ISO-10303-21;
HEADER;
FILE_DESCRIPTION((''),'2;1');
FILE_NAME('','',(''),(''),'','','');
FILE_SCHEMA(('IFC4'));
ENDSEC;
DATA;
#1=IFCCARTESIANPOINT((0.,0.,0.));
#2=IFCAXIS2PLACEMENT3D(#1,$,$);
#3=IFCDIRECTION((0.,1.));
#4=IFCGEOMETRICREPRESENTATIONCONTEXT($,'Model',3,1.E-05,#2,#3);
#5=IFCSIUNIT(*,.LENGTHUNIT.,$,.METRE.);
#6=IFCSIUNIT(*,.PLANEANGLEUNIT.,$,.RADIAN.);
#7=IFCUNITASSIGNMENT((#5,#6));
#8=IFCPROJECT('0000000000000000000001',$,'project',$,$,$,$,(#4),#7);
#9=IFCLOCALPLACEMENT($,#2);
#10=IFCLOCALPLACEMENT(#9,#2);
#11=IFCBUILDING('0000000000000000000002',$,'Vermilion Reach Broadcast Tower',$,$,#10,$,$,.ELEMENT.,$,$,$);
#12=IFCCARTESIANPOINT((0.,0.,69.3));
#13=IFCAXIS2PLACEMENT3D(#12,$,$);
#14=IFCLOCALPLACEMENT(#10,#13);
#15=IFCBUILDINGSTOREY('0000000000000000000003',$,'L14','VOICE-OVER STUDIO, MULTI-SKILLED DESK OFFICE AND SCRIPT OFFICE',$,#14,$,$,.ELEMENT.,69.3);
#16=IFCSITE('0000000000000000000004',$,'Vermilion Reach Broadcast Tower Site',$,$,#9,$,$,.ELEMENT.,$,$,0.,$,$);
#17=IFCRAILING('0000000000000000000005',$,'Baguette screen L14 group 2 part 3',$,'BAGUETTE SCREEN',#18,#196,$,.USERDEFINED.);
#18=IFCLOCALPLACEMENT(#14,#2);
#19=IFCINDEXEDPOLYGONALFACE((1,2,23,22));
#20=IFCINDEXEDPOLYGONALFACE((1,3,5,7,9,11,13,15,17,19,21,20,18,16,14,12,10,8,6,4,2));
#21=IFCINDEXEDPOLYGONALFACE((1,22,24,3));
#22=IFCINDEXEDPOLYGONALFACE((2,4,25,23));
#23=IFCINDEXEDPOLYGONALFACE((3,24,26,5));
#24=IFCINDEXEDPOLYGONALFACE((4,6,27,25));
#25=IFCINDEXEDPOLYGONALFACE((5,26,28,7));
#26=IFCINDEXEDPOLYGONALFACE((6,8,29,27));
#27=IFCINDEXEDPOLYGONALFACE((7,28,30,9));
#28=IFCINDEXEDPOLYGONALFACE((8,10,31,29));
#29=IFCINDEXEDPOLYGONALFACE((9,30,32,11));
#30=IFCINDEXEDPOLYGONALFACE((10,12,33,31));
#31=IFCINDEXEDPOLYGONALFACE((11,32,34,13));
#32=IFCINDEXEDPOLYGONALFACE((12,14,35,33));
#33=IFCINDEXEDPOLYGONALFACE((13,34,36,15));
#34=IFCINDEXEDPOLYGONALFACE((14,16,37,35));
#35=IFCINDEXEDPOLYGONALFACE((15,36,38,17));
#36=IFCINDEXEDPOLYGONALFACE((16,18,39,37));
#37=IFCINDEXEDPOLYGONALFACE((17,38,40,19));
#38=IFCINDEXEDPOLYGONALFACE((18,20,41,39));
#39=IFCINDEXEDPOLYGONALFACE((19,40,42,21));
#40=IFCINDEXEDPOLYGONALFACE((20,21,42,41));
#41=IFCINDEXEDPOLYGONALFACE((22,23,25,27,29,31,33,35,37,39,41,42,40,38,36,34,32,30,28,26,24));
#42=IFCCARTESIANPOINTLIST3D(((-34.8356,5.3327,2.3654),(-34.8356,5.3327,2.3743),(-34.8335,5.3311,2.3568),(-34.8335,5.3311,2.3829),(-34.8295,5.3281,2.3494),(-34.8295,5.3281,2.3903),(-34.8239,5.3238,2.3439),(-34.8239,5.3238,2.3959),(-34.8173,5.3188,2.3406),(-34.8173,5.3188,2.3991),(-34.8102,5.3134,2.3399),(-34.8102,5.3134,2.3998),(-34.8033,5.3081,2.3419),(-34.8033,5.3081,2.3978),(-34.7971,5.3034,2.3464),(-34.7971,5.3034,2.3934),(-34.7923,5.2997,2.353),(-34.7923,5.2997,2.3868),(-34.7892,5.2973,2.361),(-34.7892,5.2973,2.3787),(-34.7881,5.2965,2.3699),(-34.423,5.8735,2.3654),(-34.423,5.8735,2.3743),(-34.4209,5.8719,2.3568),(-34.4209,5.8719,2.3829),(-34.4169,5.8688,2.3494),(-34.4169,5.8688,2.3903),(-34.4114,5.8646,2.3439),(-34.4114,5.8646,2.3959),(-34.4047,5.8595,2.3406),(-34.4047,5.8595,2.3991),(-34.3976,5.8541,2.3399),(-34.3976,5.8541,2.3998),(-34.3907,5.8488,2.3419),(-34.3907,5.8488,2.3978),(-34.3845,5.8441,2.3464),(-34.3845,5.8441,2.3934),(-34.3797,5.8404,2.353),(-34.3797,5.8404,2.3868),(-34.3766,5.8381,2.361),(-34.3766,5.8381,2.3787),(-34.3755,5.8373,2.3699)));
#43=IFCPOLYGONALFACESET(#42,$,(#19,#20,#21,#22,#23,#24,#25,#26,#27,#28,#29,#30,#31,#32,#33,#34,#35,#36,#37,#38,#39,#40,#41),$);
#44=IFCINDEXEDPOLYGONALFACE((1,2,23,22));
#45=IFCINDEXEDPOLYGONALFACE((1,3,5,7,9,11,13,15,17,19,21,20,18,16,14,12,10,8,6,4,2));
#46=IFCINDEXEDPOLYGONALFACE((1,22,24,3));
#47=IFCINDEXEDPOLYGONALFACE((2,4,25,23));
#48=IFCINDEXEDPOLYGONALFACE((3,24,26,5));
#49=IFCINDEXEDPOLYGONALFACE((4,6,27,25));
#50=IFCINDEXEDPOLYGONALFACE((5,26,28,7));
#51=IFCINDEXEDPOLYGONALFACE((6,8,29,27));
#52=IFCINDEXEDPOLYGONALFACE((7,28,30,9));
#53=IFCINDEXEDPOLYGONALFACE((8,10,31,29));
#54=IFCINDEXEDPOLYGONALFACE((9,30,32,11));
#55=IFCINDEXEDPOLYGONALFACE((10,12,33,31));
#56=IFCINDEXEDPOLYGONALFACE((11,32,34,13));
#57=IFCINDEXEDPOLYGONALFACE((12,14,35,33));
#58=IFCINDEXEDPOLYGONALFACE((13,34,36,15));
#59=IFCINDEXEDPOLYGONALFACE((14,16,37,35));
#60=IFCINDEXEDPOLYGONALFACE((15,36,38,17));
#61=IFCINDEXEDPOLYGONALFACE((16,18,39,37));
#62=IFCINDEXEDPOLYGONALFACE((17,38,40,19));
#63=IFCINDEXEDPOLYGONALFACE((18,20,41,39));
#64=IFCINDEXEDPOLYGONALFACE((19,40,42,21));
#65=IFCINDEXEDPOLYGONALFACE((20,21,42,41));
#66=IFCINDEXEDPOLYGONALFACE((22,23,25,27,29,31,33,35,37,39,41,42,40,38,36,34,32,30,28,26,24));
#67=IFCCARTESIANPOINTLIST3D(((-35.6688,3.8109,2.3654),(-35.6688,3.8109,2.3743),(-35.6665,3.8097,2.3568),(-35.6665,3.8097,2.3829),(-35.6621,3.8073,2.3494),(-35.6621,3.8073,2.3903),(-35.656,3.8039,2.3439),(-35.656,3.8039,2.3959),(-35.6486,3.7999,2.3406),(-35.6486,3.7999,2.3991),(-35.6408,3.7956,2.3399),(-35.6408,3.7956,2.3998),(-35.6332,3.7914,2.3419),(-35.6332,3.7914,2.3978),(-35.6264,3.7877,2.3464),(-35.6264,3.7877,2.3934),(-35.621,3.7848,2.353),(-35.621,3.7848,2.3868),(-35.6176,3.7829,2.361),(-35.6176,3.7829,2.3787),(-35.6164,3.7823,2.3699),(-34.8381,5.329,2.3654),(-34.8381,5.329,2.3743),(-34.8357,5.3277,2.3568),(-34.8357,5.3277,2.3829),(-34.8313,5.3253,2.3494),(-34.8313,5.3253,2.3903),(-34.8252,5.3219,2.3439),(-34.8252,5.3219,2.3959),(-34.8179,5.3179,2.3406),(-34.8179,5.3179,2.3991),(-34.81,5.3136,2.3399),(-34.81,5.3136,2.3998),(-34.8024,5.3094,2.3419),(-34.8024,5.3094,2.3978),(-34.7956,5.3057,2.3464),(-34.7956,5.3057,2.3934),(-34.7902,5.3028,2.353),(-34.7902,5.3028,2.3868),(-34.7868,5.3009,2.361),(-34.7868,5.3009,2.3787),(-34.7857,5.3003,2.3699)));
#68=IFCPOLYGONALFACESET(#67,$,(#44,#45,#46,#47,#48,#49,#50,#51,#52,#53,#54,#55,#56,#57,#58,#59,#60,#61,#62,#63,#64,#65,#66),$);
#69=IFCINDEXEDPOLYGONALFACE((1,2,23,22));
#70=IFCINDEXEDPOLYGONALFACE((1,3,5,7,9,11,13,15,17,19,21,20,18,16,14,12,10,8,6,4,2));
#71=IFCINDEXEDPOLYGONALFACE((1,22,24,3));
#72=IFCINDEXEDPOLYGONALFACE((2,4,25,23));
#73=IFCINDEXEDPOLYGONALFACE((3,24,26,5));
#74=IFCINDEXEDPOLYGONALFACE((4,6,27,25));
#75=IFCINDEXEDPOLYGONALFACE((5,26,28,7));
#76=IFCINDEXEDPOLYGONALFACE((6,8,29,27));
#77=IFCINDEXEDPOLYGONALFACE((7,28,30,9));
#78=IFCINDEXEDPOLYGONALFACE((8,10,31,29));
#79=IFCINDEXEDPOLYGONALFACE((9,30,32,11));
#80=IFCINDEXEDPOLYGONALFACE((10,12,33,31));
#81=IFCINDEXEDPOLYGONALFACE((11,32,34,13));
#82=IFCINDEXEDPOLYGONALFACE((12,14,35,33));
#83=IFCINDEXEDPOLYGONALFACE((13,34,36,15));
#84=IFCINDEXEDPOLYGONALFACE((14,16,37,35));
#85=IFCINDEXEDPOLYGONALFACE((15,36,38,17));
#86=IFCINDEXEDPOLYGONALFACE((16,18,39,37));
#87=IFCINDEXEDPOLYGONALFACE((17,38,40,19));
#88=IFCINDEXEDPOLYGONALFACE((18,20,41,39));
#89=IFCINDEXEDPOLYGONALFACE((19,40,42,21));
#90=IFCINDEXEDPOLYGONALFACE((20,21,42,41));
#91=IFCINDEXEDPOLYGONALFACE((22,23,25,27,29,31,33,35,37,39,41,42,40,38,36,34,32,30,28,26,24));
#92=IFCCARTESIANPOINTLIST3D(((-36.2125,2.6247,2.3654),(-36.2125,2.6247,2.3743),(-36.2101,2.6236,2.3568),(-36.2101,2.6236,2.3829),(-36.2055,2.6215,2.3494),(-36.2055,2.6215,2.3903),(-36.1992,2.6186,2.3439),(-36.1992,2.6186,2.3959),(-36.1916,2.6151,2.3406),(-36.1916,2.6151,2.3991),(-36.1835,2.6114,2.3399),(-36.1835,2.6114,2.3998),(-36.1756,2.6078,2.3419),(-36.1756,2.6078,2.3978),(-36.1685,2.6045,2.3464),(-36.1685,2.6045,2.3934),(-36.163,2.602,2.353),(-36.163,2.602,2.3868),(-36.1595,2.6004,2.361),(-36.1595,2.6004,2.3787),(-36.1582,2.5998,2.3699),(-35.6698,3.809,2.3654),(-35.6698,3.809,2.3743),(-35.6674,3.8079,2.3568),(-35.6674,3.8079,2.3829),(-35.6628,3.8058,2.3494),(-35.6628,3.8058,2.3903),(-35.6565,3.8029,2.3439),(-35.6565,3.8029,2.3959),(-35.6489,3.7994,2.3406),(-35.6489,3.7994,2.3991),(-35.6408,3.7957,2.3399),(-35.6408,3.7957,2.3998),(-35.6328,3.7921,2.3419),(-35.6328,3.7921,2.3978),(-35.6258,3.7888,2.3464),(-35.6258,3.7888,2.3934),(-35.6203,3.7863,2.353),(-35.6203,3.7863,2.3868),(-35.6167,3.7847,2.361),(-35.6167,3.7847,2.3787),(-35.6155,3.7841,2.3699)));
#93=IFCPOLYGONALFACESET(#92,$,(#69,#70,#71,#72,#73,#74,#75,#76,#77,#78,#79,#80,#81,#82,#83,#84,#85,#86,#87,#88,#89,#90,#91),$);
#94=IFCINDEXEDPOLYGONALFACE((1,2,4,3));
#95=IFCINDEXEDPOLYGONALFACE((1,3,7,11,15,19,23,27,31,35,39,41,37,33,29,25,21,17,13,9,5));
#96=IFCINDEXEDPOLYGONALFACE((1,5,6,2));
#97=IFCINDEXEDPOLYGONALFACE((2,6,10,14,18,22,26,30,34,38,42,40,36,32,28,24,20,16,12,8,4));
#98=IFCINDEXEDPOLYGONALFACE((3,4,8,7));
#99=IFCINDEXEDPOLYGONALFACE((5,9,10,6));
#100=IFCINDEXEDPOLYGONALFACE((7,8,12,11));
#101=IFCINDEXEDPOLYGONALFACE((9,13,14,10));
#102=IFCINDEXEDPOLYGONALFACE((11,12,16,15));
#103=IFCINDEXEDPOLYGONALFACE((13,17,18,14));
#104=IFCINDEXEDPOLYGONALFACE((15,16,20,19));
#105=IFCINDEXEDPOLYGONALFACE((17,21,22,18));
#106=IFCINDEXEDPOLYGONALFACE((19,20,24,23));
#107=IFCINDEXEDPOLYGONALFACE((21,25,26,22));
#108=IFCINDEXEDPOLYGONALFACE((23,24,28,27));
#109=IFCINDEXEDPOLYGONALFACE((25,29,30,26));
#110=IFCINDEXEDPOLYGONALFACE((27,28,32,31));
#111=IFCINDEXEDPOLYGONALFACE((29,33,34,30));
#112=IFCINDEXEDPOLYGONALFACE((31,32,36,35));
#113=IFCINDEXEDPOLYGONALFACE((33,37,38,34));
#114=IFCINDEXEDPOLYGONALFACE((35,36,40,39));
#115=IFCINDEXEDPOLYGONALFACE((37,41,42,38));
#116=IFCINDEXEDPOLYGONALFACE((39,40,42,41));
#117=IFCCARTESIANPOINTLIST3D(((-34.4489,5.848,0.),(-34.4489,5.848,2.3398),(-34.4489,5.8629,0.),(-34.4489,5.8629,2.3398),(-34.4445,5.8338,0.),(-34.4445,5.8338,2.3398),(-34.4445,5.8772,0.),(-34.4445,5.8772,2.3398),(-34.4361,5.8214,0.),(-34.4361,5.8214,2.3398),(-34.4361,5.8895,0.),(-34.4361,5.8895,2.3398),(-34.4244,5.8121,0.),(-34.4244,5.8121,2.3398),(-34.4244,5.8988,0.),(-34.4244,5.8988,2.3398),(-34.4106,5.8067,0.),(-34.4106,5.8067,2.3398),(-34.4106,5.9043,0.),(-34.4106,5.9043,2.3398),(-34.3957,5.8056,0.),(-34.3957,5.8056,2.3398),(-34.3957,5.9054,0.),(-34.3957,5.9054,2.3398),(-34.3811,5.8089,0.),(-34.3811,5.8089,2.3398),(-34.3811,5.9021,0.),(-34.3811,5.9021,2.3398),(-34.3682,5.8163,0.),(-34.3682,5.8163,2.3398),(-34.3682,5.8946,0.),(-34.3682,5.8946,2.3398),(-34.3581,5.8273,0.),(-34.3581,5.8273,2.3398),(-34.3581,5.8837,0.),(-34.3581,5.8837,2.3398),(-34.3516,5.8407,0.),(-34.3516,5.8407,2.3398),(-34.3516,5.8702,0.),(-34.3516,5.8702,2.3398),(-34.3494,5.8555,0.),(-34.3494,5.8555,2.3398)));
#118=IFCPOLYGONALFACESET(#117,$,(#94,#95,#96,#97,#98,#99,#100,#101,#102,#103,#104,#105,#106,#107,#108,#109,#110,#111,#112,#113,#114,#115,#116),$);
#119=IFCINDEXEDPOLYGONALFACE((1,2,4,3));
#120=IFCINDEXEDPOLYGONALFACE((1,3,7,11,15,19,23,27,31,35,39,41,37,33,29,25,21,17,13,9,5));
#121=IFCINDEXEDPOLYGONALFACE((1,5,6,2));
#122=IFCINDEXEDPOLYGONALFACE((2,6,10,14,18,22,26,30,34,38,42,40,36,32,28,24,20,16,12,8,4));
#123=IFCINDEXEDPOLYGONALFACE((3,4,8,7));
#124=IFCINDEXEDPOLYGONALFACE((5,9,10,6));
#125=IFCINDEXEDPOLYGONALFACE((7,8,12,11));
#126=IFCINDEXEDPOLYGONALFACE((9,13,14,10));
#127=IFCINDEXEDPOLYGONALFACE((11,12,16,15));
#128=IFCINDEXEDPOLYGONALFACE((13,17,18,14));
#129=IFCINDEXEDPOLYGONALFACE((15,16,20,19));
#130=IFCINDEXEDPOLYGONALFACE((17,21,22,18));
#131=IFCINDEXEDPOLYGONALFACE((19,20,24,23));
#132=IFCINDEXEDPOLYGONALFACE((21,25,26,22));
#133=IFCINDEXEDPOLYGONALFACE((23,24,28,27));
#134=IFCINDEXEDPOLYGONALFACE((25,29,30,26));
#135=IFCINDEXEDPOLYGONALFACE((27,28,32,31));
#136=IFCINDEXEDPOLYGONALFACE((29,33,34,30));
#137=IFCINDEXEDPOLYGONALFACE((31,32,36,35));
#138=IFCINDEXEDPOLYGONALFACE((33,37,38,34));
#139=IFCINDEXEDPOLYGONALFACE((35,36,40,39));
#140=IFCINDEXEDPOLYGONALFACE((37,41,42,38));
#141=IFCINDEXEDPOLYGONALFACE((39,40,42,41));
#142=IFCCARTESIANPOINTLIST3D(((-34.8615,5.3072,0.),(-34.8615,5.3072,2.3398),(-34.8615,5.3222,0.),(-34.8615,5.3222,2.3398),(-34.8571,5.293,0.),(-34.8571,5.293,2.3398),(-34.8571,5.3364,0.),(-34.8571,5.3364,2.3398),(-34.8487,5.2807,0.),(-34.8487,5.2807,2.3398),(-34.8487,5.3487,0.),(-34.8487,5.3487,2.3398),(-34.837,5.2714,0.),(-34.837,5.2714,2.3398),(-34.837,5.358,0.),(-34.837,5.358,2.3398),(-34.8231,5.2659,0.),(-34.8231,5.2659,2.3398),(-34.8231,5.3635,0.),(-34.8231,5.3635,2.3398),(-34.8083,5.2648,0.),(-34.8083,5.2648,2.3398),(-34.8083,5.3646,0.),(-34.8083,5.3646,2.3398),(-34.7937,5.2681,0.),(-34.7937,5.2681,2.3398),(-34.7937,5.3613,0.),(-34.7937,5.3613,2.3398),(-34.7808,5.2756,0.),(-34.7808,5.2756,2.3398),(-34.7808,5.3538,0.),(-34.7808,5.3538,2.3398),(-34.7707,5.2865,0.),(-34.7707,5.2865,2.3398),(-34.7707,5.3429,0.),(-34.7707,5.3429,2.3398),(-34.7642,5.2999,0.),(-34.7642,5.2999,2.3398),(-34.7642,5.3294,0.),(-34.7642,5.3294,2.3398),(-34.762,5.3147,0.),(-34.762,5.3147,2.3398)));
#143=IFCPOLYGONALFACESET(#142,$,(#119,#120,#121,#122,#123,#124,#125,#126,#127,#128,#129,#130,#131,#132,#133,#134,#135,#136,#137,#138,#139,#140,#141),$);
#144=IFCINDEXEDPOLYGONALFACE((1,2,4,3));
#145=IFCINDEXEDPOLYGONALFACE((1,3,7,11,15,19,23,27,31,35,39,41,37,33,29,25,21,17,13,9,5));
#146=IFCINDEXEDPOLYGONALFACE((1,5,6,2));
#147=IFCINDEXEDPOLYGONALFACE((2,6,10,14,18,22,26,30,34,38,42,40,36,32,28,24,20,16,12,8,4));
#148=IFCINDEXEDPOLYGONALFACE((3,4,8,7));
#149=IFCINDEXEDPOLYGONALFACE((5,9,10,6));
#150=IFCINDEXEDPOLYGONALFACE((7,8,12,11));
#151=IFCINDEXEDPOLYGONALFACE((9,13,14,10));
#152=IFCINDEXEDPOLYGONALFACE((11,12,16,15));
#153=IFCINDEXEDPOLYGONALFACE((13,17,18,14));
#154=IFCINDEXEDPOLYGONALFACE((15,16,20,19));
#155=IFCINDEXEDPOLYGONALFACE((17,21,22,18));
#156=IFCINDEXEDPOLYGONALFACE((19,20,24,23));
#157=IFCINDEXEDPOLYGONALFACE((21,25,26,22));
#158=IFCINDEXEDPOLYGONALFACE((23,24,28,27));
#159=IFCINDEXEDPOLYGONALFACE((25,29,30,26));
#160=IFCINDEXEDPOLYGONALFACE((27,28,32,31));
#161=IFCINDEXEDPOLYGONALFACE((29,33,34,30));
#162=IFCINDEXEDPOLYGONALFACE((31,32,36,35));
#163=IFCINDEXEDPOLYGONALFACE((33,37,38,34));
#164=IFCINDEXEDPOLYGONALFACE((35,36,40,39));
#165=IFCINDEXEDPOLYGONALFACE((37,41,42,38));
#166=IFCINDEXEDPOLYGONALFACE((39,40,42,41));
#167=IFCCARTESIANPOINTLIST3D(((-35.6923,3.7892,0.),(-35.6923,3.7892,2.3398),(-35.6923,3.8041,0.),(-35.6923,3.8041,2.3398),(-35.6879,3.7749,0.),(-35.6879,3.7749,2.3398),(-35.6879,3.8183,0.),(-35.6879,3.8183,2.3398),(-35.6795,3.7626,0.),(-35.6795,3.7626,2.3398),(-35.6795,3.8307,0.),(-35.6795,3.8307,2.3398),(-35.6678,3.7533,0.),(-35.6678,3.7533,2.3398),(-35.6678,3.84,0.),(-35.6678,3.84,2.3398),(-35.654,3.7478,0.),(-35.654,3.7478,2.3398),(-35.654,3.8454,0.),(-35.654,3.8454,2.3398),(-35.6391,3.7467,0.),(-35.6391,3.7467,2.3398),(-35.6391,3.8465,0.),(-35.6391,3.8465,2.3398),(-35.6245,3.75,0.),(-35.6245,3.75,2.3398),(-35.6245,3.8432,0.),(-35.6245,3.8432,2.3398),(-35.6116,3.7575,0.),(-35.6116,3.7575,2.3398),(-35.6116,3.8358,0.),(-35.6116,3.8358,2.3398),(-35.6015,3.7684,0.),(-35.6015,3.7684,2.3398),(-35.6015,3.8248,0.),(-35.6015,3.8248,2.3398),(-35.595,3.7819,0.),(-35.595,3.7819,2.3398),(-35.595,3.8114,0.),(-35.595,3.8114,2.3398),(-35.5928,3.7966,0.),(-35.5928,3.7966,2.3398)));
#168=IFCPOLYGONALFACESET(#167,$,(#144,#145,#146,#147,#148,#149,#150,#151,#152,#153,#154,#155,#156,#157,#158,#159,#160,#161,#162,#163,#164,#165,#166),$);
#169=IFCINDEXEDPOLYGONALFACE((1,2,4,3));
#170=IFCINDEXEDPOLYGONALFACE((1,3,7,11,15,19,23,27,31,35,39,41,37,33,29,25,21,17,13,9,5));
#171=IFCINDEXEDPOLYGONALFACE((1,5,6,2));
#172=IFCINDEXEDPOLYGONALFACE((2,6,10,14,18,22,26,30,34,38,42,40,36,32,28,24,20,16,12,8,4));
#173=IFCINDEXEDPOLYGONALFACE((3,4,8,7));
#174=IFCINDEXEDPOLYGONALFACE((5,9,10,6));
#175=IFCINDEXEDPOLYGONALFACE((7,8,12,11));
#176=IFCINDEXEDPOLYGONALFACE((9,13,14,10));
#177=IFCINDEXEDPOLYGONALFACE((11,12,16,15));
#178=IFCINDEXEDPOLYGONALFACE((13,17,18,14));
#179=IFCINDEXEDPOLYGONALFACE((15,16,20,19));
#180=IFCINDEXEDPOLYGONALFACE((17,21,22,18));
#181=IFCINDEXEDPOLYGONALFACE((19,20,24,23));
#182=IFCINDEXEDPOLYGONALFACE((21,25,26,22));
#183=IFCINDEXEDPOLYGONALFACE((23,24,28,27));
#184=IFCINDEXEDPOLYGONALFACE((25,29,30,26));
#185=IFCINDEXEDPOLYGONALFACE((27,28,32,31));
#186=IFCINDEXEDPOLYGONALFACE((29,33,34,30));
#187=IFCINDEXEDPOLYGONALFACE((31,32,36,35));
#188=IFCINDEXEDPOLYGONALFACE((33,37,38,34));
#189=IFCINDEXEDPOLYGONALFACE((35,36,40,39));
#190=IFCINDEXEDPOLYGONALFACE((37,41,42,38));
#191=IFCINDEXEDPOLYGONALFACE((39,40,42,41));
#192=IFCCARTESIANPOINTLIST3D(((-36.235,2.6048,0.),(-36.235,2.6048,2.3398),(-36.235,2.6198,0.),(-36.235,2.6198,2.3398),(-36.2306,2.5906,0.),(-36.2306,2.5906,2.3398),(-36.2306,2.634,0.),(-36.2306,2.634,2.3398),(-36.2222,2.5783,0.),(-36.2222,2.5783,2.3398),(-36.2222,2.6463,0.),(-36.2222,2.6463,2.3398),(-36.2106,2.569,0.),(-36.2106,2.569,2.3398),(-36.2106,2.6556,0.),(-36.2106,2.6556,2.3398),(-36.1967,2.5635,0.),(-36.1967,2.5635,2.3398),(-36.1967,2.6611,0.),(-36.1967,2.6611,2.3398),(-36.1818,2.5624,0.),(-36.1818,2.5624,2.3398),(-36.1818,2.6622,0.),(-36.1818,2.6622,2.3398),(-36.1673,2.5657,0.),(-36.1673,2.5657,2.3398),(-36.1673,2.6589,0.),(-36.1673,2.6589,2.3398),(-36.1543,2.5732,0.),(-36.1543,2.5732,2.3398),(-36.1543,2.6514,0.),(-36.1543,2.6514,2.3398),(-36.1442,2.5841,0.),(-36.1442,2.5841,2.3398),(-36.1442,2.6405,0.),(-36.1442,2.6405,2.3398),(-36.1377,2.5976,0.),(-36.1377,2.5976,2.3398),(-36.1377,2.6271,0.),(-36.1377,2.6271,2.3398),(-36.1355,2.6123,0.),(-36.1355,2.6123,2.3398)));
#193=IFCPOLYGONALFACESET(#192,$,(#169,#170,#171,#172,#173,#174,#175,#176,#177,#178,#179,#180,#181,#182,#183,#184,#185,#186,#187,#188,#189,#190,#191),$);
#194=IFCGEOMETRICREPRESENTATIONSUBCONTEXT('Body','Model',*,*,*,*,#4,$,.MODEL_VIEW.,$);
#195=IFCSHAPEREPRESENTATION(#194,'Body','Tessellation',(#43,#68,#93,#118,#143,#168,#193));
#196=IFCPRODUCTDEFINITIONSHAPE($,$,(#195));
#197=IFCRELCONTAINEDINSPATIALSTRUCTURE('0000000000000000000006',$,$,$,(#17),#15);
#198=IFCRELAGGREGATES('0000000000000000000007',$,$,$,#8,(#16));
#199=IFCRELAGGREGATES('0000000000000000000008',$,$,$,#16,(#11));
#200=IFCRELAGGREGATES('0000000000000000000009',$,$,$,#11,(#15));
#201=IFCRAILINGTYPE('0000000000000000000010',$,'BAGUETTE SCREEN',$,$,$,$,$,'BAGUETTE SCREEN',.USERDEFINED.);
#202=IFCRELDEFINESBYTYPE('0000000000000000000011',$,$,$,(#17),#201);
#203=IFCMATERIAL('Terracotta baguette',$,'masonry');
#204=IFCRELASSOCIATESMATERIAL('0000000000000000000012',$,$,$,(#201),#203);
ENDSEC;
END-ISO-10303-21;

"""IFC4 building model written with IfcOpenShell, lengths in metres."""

from ifc_helpers import new_model, si_unit, direction, frame, origin, origin_2d, place, context, subcontext, project, spatial, circle, extrude, material, type_object, element, save


model = new_model("IFC4")

# Units and contexts
model_context = context("Model", 3, precision=1e-05, world=origin(), true_north=direction((0.0, 1.0)))
body_context = subcontext(model_context, "Body", "Model", "MODEL_VIEW")
ifc_project = project(units=[si_unit("LENGTHUNIT", "METRE"), si_unit("PLANEANGLEUNIT", "RADIAN")], contexts=[model_context])

# Site, building, storey
site_placement = place(None, origin())
site = spatial("IfcSite", under=ifc_project, at=site_placement, Name="Vermilion Reach Broadcast Tower Site", CompositionType="ELEMENT", RefElevation=0.0)
building_placement = place(site_placement, origin())
building = spatial("IfcBuilding", under=site, at=building_placement, Name="Vermilion Reach Broadcast Tower", CompositionType="ELEMENT")
storey_placement = place(building_placement, frame((0.0, 0.0, 69.3)))
storey = spatial("IfcBuildingStorey", under=building, at=storey_placement, Name="L14", Description="VOICE-OVER STUDIO, MULTI-SKILLED DESK OFFICE AND SCRIPT OFFICE", CompositionType="ELEMENT", Elevation=69.3)

# Railing
ifc_material_1 = material(Name="Terracotta baguette", Category="masonry")
railing_type = type_object("IfcRailingType", Name="BAGUETTE SCREEN", ElementType="BAGUETTE SCREEN", PredefinedType="USERDEFINED", material=ifc_material_1)
railing_placement = place(storey_placement, frame((-34.3994, 5.8555, 0.0)))
element("IfcRailing", 1, at=railing_placement, inside=storey, type_object=railing_type, Name="Baguette screen L14 group 2 part 3", ObjectType="BAGUETTE SCREEN", PredefinedType="USERDEFINED", context=body_context, shape_type="SweptSolid", body=[
    extrude(circle(Radius=0.03, at=origin_2d()), frame((0.0, 0.0, 2.3699), z_axis=(-0.606584, -0.79502, 0.0), x_axis=(0.79502, -0.606584, 0.0)), (0.0, 0.0, 1.0), 0.6802),
    extrude(circle(Radius=0.03, at=origin_2d()), frame((-0.4126, -0.5408, 2.3699), z_axis=(-0.480087, -0.877221, 0.0), x_axis=(0.877221, -0.480087, 0.0)), (0.0, 0.0, 1.0), 1.7305),
    extrude(circle(Radius=0.03, at=origin_2d()), frame((-1.2434, -2.0588, 2.3699), z_axis=(-0.416597, -0.909091, 0.0), x_axis=(0.909091, -0.416597, 0.0)), (0.0, 0.0, 1.0), 1.3027),
    extrude(circle(Radius=0.05, at=origin_2d()), origin(), (0.0, 0.0, 1.0), 2.3398),
    extrude(circle(Radius=0.05, at=origin_2d()), frame((-0.4126, -0.5408, 0.0)), (0.0, 0.0, 1.0), 2.3398),
    extrude(circle(Radius=0.05, at=origin_2d()), frame((-1.2434, -2.0588, 0.0)), (0.0, 0.0, 1.0), 2.3398),
    extrude(circle(Radius=0.05, at=origin_2d()), frame((-1.7861, -3.2432, 0.0)), (0.0, 0.0, 1.0), 2.3398),
])

save(model, "model.ifc")
